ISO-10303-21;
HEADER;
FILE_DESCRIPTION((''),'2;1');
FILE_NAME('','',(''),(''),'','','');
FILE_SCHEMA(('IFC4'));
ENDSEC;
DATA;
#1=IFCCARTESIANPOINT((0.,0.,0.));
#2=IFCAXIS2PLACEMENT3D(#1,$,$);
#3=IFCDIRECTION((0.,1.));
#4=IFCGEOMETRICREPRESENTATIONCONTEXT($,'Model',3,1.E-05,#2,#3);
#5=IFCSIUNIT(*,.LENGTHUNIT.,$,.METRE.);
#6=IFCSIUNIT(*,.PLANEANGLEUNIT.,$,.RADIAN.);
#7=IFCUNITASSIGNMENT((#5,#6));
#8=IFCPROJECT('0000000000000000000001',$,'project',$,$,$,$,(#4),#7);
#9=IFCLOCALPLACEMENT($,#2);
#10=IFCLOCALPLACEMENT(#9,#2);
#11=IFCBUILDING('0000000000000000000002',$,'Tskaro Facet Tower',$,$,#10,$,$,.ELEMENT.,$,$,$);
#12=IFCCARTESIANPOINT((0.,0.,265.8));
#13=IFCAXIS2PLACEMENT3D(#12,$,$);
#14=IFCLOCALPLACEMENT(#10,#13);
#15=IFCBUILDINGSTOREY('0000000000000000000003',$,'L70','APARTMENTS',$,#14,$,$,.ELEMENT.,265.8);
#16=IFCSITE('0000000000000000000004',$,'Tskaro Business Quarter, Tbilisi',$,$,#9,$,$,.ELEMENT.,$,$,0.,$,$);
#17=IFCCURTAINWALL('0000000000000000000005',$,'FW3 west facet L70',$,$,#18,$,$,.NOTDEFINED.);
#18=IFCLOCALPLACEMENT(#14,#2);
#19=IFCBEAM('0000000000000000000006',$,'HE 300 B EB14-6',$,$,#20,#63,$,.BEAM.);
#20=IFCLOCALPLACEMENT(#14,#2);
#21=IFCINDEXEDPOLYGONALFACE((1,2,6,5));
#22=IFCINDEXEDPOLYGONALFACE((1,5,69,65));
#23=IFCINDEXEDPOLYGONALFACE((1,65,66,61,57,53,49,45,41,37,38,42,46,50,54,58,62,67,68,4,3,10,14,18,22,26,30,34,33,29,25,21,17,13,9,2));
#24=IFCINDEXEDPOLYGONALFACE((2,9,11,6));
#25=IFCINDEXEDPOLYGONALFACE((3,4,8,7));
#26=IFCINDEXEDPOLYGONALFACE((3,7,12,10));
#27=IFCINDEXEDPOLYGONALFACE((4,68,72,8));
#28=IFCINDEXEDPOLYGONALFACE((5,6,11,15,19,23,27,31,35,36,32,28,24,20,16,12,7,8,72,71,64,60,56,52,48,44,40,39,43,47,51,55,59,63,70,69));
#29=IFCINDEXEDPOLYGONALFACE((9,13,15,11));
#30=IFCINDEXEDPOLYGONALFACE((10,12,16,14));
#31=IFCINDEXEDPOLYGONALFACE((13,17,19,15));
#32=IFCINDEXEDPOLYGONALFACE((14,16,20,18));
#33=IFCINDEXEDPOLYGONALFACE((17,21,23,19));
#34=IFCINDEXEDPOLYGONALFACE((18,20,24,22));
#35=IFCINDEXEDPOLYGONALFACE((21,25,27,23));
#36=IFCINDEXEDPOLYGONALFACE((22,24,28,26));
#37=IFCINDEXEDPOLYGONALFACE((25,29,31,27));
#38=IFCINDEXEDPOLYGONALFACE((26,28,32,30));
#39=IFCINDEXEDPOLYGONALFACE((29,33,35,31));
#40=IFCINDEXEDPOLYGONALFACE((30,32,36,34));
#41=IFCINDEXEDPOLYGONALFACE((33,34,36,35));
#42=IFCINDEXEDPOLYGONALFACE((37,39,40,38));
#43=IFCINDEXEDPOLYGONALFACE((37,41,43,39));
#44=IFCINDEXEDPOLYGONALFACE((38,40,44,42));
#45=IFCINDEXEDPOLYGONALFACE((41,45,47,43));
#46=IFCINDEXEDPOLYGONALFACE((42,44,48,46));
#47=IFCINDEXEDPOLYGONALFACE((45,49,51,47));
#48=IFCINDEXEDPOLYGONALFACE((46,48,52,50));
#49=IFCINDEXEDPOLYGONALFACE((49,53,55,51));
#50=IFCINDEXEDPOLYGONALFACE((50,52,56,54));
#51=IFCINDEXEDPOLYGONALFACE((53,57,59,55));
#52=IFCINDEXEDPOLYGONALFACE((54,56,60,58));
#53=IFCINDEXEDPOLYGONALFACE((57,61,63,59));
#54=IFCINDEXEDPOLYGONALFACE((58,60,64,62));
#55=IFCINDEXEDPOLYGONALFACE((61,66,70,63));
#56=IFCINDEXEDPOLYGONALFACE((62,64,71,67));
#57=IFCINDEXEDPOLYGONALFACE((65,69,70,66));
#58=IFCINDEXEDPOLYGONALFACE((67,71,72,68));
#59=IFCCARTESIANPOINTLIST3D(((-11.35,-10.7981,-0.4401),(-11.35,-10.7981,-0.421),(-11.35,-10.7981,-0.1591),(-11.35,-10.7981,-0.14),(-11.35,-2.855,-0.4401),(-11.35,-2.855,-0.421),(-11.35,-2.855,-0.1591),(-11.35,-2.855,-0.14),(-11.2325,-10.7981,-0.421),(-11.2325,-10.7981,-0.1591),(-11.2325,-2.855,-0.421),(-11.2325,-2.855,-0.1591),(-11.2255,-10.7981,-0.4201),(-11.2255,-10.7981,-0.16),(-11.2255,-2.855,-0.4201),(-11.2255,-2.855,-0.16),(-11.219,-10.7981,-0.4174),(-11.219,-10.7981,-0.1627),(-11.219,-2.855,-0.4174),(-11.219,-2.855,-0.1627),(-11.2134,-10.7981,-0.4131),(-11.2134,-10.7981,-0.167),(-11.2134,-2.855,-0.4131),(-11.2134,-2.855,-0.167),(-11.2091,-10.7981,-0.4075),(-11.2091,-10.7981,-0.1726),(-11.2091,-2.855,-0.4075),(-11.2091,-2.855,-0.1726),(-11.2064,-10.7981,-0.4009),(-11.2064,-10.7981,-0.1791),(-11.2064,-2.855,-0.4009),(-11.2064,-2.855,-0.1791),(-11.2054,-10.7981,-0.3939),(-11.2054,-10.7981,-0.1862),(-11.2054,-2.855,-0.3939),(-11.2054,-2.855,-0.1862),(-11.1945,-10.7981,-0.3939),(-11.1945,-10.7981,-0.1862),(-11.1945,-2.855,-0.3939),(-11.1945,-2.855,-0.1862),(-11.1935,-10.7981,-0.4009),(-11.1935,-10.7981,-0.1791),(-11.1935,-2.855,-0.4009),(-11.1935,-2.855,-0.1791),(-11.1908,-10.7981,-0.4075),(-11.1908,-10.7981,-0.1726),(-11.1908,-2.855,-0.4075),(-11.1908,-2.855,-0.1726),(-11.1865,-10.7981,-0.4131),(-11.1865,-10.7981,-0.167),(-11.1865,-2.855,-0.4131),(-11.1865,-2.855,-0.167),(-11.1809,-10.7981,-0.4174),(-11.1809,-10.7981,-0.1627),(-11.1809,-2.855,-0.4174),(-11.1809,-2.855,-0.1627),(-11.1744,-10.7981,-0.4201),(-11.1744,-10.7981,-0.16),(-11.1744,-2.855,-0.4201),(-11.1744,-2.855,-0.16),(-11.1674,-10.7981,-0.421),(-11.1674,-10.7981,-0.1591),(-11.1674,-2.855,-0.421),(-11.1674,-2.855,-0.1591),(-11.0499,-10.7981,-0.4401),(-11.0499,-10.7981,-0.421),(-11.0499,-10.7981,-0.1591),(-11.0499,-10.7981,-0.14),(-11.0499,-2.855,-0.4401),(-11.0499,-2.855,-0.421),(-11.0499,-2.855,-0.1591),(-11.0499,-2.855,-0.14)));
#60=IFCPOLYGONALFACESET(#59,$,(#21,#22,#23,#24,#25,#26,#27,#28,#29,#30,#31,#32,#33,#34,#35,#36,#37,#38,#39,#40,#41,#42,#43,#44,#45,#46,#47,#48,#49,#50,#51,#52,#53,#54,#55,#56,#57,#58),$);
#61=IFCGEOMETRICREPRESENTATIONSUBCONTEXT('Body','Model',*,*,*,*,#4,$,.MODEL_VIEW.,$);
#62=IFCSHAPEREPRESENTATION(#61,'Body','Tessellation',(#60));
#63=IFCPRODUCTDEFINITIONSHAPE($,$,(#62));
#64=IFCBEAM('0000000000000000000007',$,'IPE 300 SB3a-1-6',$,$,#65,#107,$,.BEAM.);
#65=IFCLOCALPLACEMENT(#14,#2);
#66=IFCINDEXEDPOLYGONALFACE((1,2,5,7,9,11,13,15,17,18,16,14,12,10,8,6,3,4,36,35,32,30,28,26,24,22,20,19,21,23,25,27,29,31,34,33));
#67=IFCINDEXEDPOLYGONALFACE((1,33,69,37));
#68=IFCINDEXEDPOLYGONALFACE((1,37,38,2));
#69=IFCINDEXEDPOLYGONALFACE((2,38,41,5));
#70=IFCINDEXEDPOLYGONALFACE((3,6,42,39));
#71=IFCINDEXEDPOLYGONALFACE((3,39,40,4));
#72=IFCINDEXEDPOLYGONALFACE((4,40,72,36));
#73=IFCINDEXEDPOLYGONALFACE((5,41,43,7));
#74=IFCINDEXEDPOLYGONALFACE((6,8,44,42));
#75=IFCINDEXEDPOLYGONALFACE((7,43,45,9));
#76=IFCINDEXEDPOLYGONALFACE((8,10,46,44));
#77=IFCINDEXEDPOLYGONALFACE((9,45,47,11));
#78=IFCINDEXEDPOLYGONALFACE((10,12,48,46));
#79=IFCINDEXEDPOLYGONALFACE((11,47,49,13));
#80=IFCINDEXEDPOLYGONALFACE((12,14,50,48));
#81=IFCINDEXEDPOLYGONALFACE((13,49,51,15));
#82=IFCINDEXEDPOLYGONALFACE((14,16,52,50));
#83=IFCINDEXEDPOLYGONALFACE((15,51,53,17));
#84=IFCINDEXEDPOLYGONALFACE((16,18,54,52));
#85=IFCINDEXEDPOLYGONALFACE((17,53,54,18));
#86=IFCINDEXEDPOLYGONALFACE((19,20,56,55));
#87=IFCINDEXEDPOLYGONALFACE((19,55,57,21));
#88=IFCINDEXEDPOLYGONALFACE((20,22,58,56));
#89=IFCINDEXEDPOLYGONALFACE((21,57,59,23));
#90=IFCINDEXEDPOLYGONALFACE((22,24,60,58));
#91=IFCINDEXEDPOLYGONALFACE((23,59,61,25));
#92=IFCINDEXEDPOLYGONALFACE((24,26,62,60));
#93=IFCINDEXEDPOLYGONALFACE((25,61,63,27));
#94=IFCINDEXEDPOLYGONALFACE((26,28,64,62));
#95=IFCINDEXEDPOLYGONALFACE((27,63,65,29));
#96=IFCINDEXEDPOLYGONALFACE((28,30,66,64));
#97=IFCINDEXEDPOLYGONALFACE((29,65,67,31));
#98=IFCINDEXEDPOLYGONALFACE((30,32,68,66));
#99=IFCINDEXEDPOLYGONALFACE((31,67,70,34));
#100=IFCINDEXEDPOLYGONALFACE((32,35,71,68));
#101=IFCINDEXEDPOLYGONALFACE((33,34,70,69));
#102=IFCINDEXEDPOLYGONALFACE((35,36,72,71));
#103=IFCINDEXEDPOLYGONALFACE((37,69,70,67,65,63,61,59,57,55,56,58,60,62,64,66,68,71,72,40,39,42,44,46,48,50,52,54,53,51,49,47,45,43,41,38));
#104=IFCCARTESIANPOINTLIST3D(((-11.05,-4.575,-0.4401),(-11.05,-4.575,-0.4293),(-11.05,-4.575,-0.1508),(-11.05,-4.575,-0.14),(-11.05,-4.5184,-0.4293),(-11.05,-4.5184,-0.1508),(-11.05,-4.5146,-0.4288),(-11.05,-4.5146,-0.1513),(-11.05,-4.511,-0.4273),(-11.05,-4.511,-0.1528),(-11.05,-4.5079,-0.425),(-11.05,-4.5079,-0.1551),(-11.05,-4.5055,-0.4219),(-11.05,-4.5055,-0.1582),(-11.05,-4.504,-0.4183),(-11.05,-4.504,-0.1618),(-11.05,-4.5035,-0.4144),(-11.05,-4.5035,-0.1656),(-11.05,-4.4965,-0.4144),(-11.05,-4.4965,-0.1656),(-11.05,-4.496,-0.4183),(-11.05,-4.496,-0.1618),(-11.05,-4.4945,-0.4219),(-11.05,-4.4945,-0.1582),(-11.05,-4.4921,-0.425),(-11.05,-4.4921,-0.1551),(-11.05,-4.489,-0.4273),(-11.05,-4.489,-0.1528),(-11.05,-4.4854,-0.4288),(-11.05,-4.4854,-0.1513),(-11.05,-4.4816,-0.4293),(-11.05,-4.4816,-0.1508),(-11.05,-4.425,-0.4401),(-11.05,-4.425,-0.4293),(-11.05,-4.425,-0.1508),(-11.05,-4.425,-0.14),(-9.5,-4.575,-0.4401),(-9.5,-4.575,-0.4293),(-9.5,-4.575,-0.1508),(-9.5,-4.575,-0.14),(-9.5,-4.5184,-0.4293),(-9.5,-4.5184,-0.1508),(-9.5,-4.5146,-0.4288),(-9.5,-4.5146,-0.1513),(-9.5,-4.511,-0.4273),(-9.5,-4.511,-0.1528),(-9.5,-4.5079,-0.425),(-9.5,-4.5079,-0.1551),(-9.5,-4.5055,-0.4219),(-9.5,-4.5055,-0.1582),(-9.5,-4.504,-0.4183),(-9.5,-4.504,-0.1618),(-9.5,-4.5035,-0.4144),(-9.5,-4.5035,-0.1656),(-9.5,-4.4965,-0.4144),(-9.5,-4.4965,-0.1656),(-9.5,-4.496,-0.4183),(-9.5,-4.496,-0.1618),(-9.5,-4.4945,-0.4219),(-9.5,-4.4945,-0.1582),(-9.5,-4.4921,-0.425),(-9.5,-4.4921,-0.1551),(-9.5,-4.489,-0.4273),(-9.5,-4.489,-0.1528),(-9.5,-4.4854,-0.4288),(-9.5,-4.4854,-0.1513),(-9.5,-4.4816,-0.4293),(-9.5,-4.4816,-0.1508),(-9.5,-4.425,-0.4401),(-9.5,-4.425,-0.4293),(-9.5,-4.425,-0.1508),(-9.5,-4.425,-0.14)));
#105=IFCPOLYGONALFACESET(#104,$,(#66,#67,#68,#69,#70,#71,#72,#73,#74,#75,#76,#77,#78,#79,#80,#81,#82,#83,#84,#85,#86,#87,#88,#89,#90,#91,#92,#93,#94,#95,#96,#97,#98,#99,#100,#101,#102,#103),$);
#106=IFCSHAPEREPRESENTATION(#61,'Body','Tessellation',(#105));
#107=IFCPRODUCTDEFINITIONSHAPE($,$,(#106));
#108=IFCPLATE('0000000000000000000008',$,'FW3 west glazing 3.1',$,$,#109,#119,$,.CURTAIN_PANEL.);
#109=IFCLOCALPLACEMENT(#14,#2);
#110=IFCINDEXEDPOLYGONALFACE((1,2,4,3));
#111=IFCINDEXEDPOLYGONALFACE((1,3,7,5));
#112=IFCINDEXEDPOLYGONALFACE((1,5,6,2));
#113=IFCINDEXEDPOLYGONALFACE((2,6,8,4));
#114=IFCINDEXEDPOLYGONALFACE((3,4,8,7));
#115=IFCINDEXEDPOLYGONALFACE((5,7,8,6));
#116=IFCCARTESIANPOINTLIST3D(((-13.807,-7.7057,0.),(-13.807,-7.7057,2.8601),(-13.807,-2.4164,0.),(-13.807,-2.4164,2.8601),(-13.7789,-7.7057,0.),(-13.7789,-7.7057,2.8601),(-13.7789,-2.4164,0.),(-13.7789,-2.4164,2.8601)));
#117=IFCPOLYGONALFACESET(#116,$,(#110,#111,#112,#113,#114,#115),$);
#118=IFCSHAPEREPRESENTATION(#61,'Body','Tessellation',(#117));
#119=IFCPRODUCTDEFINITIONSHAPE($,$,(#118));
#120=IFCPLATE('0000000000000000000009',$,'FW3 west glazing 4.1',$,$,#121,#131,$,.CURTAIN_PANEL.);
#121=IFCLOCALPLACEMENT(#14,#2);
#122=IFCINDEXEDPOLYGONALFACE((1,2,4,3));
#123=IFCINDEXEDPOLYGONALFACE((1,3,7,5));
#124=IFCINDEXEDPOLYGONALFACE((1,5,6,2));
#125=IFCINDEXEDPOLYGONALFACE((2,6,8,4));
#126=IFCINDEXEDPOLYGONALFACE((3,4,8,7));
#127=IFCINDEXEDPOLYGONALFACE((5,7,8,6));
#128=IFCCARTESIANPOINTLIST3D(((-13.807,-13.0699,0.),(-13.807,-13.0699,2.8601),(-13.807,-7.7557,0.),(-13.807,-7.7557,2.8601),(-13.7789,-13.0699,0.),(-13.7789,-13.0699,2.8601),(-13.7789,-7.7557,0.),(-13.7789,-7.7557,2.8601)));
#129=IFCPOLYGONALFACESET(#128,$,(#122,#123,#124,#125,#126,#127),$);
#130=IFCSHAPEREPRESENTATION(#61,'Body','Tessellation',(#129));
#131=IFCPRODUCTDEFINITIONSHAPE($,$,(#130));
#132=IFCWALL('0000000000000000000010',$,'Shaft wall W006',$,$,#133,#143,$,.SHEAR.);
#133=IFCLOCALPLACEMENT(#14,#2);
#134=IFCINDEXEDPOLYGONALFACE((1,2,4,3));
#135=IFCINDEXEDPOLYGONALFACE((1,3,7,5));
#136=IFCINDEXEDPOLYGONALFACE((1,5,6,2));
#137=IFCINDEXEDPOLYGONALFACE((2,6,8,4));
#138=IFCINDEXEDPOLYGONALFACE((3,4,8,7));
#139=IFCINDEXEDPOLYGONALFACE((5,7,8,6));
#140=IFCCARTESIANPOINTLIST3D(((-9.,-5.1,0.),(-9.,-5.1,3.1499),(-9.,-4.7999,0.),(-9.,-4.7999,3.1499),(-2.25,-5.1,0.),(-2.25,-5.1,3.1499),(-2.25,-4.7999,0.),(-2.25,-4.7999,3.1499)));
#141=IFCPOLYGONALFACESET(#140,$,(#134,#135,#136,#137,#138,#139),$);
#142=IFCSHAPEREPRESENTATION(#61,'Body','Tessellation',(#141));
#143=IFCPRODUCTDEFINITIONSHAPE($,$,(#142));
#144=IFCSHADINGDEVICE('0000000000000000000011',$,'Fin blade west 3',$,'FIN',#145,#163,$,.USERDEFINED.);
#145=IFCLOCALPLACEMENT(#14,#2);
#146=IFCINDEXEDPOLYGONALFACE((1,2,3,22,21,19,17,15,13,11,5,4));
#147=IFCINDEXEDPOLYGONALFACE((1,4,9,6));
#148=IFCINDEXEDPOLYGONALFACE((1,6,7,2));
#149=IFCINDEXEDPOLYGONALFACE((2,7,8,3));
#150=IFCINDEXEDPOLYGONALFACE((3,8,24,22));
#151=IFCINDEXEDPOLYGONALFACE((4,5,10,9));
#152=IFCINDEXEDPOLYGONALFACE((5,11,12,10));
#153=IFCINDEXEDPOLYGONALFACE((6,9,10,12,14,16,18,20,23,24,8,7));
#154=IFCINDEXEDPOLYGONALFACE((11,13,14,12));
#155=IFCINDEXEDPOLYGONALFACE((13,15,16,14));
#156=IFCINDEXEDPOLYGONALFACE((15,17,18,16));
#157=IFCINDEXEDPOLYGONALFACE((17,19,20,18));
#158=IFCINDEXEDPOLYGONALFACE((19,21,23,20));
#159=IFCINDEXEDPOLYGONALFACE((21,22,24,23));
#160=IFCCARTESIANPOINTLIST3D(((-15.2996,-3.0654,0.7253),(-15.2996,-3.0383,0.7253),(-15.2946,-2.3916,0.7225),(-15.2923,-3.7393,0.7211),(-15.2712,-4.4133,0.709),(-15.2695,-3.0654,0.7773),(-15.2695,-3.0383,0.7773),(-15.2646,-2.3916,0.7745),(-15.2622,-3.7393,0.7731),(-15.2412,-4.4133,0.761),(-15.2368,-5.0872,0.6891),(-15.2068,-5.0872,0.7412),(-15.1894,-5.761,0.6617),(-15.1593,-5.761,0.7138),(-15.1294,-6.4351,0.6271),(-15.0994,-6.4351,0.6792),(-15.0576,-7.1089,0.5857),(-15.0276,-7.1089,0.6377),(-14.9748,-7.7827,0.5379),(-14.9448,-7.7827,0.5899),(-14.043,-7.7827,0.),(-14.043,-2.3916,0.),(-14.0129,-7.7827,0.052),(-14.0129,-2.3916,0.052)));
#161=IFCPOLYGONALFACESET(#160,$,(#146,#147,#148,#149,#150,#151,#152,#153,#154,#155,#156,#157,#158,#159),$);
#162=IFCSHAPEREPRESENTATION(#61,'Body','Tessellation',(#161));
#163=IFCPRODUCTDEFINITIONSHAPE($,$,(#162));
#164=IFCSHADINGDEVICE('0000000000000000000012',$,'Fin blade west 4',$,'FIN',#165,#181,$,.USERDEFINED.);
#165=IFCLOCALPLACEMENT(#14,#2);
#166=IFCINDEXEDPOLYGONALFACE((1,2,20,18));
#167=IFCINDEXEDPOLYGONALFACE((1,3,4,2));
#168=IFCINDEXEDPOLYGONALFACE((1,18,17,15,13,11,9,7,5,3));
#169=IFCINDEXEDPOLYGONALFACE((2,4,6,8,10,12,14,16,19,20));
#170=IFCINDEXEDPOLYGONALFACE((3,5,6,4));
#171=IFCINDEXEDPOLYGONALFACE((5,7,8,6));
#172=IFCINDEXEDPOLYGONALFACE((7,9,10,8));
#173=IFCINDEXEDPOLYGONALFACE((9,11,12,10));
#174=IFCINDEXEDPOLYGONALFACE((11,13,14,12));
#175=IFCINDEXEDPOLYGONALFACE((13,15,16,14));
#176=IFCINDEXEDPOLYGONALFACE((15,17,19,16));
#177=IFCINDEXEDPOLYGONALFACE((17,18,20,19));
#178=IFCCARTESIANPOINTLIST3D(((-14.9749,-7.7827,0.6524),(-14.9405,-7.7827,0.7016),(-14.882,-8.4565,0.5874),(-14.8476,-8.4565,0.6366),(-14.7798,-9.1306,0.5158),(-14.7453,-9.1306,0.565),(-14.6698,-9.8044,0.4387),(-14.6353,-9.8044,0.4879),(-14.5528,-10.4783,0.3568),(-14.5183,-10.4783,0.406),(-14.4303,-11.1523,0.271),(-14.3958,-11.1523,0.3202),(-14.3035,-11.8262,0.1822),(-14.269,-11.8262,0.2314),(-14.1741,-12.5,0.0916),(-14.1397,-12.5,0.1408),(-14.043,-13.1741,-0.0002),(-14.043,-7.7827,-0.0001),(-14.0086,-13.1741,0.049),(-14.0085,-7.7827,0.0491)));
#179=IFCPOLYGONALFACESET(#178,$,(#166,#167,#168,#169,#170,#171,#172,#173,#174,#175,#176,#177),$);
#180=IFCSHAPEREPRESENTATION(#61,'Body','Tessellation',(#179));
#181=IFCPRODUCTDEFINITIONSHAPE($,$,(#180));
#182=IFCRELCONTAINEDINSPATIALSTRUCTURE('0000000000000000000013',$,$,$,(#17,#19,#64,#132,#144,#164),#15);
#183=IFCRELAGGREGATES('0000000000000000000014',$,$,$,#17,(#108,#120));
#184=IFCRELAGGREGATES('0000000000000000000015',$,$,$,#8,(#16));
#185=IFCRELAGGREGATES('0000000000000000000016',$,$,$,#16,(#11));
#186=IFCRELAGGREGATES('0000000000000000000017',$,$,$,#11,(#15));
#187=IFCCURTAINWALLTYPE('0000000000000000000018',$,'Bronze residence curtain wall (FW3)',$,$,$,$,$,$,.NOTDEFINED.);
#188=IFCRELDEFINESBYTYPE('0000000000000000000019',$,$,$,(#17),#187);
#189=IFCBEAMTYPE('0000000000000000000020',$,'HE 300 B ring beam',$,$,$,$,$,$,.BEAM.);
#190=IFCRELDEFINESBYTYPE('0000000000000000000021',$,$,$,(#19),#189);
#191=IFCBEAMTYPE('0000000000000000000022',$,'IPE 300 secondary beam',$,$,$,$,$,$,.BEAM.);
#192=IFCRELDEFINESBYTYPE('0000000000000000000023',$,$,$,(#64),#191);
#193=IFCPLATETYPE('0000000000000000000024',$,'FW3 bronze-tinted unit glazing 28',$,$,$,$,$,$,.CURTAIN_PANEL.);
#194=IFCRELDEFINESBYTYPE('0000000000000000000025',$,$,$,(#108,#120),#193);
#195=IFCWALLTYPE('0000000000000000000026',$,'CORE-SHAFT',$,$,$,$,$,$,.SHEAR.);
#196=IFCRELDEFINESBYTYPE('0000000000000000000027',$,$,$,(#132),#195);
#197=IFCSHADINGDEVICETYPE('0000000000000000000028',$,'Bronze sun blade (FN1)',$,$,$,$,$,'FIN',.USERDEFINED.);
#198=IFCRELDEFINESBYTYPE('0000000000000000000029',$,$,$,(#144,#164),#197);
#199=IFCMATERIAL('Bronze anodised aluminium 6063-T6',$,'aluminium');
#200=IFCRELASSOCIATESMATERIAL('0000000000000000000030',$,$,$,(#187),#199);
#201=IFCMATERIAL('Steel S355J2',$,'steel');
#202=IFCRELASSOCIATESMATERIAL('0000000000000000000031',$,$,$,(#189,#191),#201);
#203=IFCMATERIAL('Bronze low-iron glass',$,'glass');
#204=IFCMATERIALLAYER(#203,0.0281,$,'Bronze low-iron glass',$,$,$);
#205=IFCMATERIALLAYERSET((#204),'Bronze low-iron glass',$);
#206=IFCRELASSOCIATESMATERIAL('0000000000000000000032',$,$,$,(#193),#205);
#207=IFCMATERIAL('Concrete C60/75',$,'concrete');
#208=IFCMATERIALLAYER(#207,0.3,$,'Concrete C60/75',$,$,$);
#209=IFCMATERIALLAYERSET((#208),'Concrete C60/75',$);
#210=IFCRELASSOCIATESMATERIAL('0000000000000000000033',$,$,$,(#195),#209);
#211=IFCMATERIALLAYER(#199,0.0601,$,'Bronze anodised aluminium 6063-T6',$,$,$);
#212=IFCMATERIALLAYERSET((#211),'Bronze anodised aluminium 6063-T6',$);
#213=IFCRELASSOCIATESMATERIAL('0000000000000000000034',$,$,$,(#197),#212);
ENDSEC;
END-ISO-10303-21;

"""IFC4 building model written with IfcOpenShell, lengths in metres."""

from ifc_helpers import new_model, si_unit, direction, frame, frame_2d, origin, origin_2d, place, context, subcontext, project, spatial, polyline, rectangle, i_section, outline, extrude, material, layer, layer_set, material_profile, profile_set, type_object, element, aggregate, save


model = new_model("IFC4")

# Units and contexts
model_context = context("Model", 3, precision=1e-05, world=origin(), true_north=direction((0.0, 1.0)))
body_context = subcontext(model_context, "Body", "Model", "MODEL_VIEW")
ifc_project = project(units=[si_unit("LENGTHUNIT", "METRE"), si_unit("PLANEANGLEUNIT", "RADIAN")], contexts=[model_context])

# Site, building, storey
site_placement = place(None, origin())
site = spatial("IfcSite", under=ifc_project, at=site_placement, Name="Tskaro Business Quarter, Tbilisi", CompositionType="ELEMENT", RefElevation=0.0)
building_placement = place(site_placement, origin())
building = spatial("IfcBuilding", under=site, at=building_placement, Name="Tskaro Facet Tower", CompositionType="ELEMENT")
storey_placement = place(building_placement, frame((0.0, 0.0, 265.8)))
storey = spatial("IfcBuildingStorey", under=building, at=storey_placement, Name="L70", Description="APARTMENTS", CompositionType="ELEMENT", Elevation=265.8)

# Shared definitions
ifc_material_1 = material(Name="Steel S355J2", Category="steel")

# Curtain wall
ifc_material_2 = material(Name="Bronze anodised aluminium 6063-T6", Category="aluminium")
curtain_wall_type = type_object("IfcCurtainWallType", Name="Bronze residence curtain wall (FW3)", PredefinedType="NOTDEFINED", material=ifc_material_2)
curtain_wall_placement = place(storey_placement, origin())
curtain_wall = element("IfcCurtainWall", 1, at=curtain_wall_placement, inside=storey, type_object=curtain_wall_type, Name="FW3 west facet L70", PredefinedType="NOTDEFINED")

# Beams
ifc_material_profile_1 = material_profile(ifc_material_1, i_section(OverallWidth=0.3, OverallDepth=0.3, WebThickness=0.011, FlangeThickness=0.019, FilletRadius=0.0271, at=origin_2d()), Name="HE 300 B")
ifc_profile_set_1 = profile_set([ifc_material_profile_1], Name="Steel S355J2")
beam_type_1 = type_object("IfcBeamType", Name="HE 300 B ring beam", PredefinedType="BEAM", material=ifc_profile_set_1)
beam_1_placement = place(storey_placement, frame((-11.2, -2.855, -0.29), z_axis=(0.0, -1.0, 0.0), x_axis=(1.0, 0.0, 0.0)))
element("IfcBeam", 2, at=beam_1_placement, inside=storey, type_object=beam_type_1, Name="HE 300 B EB14-6", PredefinedType="BEAM", context=body_context, shape_type="SweptSolid", body=[
    extrude(i_section(OverallWidth=0.3, OverallDepth=0.3, WebThickness=0.011, FlangeThickness=0.019, FilletRadius=0.0271, at=origin_2d()), origin(), (0.0, 0.0, 1.0), 7.9431),
])
ifc_material_profile_2 = material_profile(ifc_material_1, i_section(OverallWidth=0.1499, OverallDepth=0.3, WebThickness=0.0071, FlangeThickness=0.0107, FilletRadius=0.0149, at=origin_2d()), Name="IPE 300")
ifc_profile_set_2 = profile_set([ifc_material_profile_2], Name="Steel S355J2")
beam_type_2 = type_object("IfcBeamType", Name="IPE 300 secondary beam", PredefinedType="BEAM", material=ifc_profile_set_2)
beam_2_placement = place(storey_placement, frame((-11.05, -4.5, -0.29), z_axis=(1.0, 0.0, 0.0), x_axis=(0.0, 1.0, 0.0)))
element("IfcBeam", 3, at=beam_2_placement, inside=storey, type_object=beam_type_2, Name="IPE 300 SB3a-1-6", PredefinedType="BEAM", context=body_context, shape_type="SweptSolid", body=[
    extrude(i_section(OverallWidth=0.1499, OverallDepth=0.3, WebThickness=0.0071, FlangeThickness=0.0107, FilletRadius=0.0149, at=origin_2d()), origin(), (0.0, 0.0, 1.0), 1.55),
])

# Plates
ifc_material_3 = material(Name="Bronze low-iron glass", Category="glass")
ifc_layer_1 = layer(ifc_material_3, 0.0281, Name="Bronze low-iron glass")
ifc_layer_set_1 = layer_set([ifc_layer_1], Name="Bronze low-iron glass")
plate_type = type_object("IfcPlateType", Name="FW3 bronze-tinted unit glazing 28", PredefinedType="CURTAIN_PANEL", material=ifc_layer_set_1)
plate_1_placement = place(storey_placement, frame((-13.793, -5.061, 0.0), z_axis=(0.0, 0.0, 1.0), x_axis=(0.0, -1.0, 0.0)))
plate_1 = element("IfcPlate", 4, at=plate_1_placement, type_object=plate_type, Name="FW3 west glazing 3.1", PredefinedType="CURTAIN_PANEL", context=body_context, shape_type="SweptSolid", body=[
    extrude(rectangle(XDim=5.2893, YDim=0.0281, at=origin_2d()), origin(), (0.0, 0.0, 1.0), 2.8601),
])
plate_2_placement = place(storey_placement, frame((-13.793, -10.4128, 0.0), z_axis=(0.0, 0.0, 1.0), x_axis=(0.0, -1.0, 0.0)))
plate_2 = element("IfcPlate", 5, at=plate_2_placement, type_object=plate_type, Name="FW3 west glazing 4.1", PredefinedType="CURTAIN_PANEL", context=body_context, shape_type="SweptSolid", body=[
    extrude(rectangle(XDim=5.3142, YDim=0.0281, at=origin_2d()), origin(), (0.0, 0.0, 1.0), 2.8601),
])
aggregate(curtain_wall, [plate_1, plate_2])

# Wall
ifc_material_4 = material(Name="Concrete C60/75", Category="concrete")
ifc_layer_2 = layer(ifc_material_4, 0.3, Name="Concrete C60/75")
ifc_layer_set_2 = layer_set([ifc_layer_2], Name="Concrete C60/75")
wall_type = type_object("IfcWallType", Name="CORE-SHAFT", PredefinedType="SHEAR", material=ifc_layer_set_2)
wall_placement = place(storey_placement, frame((-9.0, -4.95, 0.0), z_axis=(0.0, 0.0, 1.0), x_axis=(1.0, 0.0, 0.0)))
element("IfcWall", 6, at=wall_placement, inside=storey, type_object=wall_type, Name="Shaft wall W006", PredefinedType="SHEAR", context=body_context, shape_type="SweptSolid", body=[
    extrude(rectangle(XDim=6.75, YDim=0.3, at=frame_2d((3.375, 0.0))), origin(), (0.0, 0.0, 1.0), 3.1499),
])

# Shading devices
ifc_layer_3 = layer(ifc_material_2, 0.0601, Name="Bronze anodised aluminium 6063-T6")
ifc_layer_set_3 = layer_set([ifc_layer_3], Name="Bronze anodised aluminium 6063-T6")
shading_device_type = type_object("IfcShadingDeviceType", Name="Bronze sun blade (FN1)", ElementType="FIN", PredefinedType="USERDEFINED", material=ifc_layer_set_3)
shading_device_1_placement = place(storey_placement, frame((-14.0129, -2.3916, 0.052), z_axis=(0.499921, 0.000005, 0.866071), x_axis=(0.000002, -1.0, 0.000004)))
element("IfcShadingDevice", 7, at=shading_device_1_placement, inside=storey, type_object=shading_device_type, Name="Fin blade west 3", ObjectType="FIN", PredefinedType="USERDEFINED", context=body_context, shape_type="SweptSolid", body=[
    extrude(outline(polyline([(0.0, 0.0), (5.3911, 0.0), (5.3911, -1.076), (4.7173, -1.1716), (4.0435, -1.2545), (3.3694, -1.3237), (2.6956, -1.3785), (2.0217, -1.4182), (1.3477, -1.4425), (0.6738, -1.4509), (0.6467, -1.4509), (0.0, -1.4452), (0.0, 0.0)])), origin(), (0.0, 0.0, -1.0), 0.0601),
])
shading_device_2_placement = place(storey_placement, frame((-14.0085, -7.7827, 0.0491), z_axis=(0.573583, -0.000008, 0.819148), x_axis=(-0.000005, -1.0, -0.000007)))
element("IfcShadingDevice", 8, at=shading_device_2_placement, inside=storey, type_object=shading_device_type, Name="Fin blade west 4", ObjectType="FIN", PredefinedType="USERDEFINED", context=body_context, shape_type="SweptSolid", body=[
    extrude(outline(polyline([(0.0, 0.0), (5.3914, 0.0), (4.7173, -0.16), (4.0435, -0.318), (3.3696, -0.4728), (2.6956, -0.6223), (2.0217, -0.7651), (1.3479, -0.8995), (0.6738, -1.0243), (0.0, -1.1377), (0.0, 0.0)])), origin(), (0.0, 0.0, -1.0), 0.0601),
])

save(model, "model.ifc")
